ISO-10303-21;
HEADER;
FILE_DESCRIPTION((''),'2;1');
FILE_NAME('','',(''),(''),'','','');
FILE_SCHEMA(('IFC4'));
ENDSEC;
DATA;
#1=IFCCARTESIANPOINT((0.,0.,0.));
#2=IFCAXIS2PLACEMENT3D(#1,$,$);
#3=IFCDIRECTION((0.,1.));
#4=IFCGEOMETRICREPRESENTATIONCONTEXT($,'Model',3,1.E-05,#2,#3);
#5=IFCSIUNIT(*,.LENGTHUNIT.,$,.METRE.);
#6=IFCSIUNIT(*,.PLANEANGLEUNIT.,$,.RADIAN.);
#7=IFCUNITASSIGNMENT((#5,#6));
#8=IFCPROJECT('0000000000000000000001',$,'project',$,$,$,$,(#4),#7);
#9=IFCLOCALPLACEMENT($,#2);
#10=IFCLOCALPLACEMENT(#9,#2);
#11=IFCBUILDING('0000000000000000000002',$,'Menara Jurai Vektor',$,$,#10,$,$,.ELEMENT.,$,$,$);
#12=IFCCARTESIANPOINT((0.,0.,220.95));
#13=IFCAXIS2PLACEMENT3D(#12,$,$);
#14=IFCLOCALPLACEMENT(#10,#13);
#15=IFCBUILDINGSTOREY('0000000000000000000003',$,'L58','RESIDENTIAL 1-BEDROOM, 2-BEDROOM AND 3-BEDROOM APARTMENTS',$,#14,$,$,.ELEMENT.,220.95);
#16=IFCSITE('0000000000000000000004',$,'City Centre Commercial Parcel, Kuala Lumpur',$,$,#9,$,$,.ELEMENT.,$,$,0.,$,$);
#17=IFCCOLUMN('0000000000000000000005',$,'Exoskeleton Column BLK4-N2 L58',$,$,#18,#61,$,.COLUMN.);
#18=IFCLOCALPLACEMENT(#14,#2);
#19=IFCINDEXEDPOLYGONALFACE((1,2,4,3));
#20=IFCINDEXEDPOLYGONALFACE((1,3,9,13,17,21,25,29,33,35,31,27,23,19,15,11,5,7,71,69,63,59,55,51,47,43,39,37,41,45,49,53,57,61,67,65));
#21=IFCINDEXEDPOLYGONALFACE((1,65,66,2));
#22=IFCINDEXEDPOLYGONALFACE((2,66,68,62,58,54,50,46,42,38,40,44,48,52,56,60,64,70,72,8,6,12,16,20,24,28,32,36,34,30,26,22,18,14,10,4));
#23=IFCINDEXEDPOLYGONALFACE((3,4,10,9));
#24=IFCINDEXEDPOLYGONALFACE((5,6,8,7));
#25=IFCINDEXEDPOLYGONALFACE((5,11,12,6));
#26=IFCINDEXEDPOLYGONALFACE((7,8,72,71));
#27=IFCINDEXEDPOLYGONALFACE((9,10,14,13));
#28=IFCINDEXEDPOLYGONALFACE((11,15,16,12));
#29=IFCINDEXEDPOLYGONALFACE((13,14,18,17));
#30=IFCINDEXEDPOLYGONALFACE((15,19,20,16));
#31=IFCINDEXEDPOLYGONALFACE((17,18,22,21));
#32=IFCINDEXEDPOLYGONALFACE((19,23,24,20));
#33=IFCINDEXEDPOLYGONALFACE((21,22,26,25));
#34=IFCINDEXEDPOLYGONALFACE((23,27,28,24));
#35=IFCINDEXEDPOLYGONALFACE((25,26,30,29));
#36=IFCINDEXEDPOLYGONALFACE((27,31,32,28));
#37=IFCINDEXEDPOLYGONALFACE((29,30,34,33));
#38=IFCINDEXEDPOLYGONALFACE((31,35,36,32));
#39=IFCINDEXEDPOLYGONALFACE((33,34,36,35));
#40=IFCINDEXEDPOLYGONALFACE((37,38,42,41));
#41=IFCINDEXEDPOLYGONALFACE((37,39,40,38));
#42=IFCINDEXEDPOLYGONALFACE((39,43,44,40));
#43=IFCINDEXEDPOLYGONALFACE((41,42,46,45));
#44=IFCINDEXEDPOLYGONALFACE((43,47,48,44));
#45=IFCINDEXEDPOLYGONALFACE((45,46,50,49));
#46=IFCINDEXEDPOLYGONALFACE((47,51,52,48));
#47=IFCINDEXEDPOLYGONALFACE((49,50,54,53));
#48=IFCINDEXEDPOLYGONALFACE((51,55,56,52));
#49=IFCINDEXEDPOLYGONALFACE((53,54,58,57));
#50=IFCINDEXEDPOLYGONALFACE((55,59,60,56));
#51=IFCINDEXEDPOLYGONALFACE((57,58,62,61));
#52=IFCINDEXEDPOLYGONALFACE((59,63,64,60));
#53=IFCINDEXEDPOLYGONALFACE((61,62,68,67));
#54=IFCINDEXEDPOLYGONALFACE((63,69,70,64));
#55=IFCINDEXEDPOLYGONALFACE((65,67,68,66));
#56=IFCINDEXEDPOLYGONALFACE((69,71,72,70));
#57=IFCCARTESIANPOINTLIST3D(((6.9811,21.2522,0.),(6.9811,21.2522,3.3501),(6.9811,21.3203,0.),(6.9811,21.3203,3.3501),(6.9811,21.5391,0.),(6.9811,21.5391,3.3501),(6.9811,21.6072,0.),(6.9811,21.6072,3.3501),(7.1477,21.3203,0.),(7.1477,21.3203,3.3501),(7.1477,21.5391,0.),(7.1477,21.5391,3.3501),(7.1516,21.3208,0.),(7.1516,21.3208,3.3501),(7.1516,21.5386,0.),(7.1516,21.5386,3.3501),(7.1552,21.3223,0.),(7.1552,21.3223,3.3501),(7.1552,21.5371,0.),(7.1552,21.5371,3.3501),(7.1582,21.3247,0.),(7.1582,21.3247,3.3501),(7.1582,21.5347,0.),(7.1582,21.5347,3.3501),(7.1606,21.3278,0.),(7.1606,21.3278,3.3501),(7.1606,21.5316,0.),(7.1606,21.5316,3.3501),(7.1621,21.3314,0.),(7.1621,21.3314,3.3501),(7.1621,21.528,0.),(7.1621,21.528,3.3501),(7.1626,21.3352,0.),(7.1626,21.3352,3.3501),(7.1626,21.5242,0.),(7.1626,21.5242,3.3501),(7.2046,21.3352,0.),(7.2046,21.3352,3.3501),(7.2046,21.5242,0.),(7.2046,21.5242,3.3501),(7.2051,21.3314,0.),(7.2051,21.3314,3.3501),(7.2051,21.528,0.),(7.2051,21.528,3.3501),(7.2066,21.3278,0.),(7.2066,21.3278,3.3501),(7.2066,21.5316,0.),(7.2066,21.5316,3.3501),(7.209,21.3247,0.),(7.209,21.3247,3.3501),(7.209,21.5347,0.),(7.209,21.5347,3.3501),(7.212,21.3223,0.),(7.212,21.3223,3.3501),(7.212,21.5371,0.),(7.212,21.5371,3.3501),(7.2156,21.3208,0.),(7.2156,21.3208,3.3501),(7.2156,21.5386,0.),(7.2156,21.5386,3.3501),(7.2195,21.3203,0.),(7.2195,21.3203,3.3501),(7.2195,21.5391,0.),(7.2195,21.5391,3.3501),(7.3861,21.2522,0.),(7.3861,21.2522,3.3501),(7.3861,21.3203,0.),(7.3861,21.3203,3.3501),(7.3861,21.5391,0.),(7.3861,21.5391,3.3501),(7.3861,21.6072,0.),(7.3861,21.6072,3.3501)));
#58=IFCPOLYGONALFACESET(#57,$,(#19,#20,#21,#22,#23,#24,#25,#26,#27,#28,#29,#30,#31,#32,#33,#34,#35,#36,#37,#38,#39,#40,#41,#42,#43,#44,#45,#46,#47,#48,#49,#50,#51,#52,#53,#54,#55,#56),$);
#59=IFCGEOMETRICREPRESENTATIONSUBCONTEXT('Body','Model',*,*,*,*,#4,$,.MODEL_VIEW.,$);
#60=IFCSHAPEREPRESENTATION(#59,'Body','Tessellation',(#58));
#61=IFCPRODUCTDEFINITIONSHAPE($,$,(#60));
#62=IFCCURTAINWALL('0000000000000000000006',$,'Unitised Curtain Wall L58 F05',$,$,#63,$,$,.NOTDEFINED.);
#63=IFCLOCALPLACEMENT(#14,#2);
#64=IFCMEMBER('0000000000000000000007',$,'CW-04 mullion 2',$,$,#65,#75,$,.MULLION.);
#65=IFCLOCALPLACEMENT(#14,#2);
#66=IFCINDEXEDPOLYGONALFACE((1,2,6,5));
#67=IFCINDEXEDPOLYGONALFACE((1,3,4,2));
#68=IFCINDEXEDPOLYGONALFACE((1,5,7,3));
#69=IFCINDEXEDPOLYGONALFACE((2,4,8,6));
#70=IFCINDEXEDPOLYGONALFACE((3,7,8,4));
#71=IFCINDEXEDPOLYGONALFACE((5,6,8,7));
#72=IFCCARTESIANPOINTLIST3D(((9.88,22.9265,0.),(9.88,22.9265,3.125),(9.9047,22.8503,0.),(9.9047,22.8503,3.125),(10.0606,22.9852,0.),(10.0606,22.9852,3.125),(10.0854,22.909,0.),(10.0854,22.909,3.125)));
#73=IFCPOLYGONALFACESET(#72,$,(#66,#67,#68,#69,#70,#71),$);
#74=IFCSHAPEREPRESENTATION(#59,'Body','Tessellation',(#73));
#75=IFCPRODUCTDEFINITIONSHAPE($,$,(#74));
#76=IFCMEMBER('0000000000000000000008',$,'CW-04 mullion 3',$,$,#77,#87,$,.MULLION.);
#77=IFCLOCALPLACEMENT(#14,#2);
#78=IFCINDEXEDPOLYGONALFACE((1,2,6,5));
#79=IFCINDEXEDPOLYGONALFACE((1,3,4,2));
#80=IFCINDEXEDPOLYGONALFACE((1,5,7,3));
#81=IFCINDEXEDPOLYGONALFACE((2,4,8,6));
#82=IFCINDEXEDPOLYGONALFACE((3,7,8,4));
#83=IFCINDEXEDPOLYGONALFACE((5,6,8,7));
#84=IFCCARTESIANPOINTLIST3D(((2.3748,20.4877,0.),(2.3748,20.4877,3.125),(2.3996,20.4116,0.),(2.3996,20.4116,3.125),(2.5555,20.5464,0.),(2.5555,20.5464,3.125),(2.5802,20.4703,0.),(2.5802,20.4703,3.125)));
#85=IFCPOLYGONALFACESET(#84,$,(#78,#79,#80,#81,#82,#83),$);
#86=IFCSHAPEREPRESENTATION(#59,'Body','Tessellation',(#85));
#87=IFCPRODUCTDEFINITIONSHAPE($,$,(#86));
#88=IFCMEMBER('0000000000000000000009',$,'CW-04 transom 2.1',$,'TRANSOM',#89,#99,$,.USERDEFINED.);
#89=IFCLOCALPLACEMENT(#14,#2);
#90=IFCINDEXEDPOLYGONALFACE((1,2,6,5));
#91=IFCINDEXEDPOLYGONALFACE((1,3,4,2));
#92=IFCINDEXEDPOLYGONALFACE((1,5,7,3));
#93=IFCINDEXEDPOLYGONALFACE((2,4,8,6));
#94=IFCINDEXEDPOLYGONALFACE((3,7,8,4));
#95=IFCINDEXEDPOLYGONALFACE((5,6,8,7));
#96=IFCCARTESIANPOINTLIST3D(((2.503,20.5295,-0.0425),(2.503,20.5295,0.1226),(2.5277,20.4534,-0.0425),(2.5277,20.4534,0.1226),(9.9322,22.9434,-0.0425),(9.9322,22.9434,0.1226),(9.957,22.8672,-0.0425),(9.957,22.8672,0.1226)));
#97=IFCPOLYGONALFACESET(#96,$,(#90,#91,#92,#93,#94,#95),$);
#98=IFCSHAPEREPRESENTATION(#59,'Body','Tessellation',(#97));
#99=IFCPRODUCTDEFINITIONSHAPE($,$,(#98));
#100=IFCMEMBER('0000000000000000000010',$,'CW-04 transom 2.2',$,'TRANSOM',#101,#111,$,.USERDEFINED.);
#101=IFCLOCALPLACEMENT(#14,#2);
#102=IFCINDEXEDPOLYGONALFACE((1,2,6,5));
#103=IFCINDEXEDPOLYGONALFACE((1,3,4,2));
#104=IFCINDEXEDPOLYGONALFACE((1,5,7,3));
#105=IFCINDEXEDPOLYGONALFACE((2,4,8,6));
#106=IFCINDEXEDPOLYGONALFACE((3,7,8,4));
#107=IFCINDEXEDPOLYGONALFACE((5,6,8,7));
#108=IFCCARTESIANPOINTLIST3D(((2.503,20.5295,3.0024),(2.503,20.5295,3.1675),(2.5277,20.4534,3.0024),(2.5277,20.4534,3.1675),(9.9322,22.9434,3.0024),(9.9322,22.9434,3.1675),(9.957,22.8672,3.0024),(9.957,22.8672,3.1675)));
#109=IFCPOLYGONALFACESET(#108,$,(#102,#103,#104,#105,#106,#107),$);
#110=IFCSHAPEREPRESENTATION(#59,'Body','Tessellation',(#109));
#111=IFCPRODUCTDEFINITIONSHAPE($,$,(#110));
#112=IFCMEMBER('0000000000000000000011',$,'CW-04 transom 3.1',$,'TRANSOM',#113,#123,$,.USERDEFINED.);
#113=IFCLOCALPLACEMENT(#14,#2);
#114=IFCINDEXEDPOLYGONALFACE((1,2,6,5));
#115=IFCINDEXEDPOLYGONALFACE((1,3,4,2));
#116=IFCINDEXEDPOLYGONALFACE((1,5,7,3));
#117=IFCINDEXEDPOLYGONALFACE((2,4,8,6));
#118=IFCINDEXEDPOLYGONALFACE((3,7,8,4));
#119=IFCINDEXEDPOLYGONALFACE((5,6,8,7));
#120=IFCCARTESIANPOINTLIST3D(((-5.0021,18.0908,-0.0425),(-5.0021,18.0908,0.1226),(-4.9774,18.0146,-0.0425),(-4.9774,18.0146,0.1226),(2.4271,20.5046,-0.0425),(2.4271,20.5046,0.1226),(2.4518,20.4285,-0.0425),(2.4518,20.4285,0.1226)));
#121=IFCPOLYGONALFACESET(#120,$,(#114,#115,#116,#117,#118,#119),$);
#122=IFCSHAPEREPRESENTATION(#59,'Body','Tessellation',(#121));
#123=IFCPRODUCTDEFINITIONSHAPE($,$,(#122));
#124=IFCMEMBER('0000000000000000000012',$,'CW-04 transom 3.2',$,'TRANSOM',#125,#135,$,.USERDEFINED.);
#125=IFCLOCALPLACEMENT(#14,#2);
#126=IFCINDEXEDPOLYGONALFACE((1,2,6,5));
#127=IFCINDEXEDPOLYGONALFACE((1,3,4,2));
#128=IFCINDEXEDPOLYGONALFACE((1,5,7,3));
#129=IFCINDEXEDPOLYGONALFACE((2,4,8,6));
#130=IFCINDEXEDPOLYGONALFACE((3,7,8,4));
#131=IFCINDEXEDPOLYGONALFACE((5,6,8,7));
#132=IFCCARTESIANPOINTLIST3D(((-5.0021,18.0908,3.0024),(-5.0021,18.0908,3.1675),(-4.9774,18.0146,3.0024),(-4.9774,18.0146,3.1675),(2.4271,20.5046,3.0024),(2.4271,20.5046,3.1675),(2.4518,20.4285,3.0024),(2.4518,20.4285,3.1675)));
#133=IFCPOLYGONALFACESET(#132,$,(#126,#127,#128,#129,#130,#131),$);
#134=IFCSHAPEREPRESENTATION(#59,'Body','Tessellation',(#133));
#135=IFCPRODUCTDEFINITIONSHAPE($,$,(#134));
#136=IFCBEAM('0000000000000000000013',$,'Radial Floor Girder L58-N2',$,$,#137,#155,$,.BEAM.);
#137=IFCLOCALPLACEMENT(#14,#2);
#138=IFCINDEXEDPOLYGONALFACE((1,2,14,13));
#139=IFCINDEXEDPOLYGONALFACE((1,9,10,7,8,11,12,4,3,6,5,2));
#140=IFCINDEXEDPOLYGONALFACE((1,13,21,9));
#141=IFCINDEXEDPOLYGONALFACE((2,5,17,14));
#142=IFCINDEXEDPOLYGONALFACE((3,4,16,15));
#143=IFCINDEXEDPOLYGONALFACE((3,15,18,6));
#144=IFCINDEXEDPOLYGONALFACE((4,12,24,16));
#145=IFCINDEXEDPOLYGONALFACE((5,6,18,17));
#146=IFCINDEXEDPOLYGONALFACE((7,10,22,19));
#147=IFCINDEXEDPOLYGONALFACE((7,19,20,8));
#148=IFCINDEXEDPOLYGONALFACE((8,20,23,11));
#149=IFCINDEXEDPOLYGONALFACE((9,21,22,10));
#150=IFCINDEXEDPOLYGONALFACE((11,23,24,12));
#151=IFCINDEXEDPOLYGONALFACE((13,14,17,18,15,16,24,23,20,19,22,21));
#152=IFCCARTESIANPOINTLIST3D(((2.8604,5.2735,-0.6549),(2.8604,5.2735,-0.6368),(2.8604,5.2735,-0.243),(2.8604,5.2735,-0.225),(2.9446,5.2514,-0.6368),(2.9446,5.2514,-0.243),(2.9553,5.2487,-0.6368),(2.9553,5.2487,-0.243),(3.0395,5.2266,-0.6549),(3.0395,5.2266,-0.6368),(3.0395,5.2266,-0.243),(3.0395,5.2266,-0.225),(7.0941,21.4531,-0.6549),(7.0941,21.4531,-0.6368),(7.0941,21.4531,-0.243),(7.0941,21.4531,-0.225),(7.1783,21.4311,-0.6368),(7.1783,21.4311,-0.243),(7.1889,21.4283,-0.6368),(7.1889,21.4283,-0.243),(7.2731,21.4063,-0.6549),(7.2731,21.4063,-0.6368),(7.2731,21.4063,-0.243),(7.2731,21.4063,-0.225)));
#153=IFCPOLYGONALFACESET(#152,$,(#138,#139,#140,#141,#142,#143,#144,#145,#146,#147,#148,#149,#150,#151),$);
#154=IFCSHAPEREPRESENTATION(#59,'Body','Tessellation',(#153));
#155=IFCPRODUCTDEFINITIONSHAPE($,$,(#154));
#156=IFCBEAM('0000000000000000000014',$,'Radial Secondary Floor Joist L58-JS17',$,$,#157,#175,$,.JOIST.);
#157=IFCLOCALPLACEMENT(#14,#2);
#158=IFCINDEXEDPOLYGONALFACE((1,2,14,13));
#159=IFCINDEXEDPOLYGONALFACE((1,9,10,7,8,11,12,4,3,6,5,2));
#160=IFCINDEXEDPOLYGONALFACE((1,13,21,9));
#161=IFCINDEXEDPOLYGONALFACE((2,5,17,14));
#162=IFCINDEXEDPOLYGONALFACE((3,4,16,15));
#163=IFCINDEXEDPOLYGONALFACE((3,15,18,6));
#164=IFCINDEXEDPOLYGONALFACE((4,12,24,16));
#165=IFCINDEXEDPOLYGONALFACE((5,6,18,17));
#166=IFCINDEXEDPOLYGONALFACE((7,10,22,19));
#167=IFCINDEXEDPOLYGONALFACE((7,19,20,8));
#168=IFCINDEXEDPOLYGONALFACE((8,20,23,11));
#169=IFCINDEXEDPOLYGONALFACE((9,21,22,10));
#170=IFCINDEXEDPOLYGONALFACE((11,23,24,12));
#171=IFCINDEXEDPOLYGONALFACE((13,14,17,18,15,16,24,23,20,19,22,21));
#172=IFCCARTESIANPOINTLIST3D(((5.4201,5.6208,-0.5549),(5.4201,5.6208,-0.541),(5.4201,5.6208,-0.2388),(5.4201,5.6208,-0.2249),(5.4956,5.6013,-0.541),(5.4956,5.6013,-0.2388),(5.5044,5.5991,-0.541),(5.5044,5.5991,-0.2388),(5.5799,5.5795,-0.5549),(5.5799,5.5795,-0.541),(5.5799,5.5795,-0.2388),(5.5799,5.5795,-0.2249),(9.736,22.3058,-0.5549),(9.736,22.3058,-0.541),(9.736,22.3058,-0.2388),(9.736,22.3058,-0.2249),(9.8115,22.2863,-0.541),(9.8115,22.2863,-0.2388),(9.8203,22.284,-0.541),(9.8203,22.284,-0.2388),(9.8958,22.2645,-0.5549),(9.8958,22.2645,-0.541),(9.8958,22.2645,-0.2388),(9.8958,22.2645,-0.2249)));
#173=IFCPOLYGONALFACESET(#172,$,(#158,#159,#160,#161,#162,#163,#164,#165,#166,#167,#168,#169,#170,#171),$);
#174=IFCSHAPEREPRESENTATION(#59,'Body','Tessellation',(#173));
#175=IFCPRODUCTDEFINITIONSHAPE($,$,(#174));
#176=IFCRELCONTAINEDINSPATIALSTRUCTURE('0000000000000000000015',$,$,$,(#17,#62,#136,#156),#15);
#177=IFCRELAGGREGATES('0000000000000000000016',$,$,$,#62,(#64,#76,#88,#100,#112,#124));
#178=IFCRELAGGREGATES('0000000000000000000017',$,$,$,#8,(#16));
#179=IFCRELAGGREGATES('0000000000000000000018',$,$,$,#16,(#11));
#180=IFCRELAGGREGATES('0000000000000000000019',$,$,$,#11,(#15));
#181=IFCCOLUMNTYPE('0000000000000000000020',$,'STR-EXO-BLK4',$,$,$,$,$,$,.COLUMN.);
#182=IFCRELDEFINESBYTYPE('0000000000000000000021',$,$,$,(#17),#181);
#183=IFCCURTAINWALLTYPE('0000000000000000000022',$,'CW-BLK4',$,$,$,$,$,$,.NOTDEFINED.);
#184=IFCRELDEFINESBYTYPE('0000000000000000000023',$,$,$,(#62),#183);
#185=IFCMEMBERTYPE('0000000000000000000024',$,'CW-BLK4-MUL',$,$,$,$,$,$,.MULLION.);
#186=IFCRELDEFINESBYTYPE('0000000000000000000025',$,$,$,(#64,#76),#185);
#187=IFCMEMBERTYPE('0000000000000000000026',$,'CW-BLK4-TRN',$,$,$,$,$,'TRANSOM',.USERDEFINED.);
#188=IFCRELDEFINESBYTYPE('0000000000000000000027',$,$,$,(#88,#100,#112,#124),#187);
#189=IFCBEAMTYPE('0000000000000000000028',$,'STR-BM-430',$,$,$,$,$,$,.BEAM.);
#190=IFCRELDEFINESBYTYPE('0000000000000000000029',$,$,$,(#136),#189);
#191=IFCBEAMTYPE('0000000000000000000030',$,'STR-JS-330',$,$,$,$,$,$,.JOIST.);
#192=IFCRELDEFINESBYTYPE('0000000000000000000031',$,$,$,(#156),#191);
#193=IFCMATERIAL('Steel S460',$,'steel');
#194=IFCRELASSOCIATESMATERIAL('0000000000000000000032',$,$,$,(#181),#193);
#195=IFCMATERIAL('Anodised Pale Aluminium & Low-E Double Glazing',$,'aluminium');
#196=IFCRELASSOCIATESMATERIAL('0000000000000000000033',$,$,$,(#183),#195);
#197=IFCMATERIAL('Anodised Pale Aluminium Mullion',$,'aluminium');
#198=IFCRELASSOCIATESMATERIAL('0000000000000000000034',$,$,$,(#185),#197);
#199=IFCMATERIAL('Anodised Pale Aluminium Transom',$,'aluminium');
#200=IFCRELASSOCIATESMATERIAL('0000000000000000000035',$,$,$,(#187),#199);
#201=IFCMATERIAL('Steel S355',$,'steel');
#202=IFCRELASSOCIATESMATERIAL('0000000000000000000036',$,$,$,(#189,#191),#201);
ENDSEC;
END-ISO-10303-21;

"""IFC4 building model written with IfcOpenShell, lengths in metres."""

from ifc_helpers import new_model, si_unit, direction, frame, origin, origin_2d, place, context, subcontext, project, spatial, rectangle, i_section, extrude, material, material_profile, profile_set, type_object, element, aggregate, save


model = new_model("IFC4")

# Units and contexts
model_context = context("Model", 3, precision=1e-05, world=origin(), true_north=direction((0.0, 1.0)))
body_context = subcontext(model_context, "Body", "Model", "MODEL_VIEW")
ifc_project = project(units=[si_unit("LENGTHUNIT", "METRE"), si_unit("PLANEANGLEUNIT", "RADIAN")], contexts=[model_context])

# Site, building, storey
site_placement = place(None, origin())
site = spatial("IfcSite", under=ifc_project, at=site_placement, Name="City Centre Commercial Parcel, Kuala Lumpur", CompositionType="ELEMENT", RefElevation=0.0)
building_placement = place(site_placement, origin())
building = spatial("IfcBuilding", under=site, at=building_placement, Name="Menara Jurai Vektor", CompositionType="ELEMENT")
storey_placement = place(building_placement, frame((0.0, 0.0, 220.95)))
storey = spatial("IfcBuildingStorey", under=building, at=storey_placement, Name="L58", Description="RESIDENTIAL 1-BEDROOM, 2-BEDROOM AND 3-BEDROOM APARTMENTS", CompositionType="ELEMENT", Elevation=220.95)

# Column
ifc_material_1 = material(Name="Steel S460", Category="steel")
ifc_material_profile_1 = material_profile(ifc_material_1, i_section(OverallWidth=0.405, OverallDepth=0.355, WebThickness=0.042, FlangeThickness=0.0681, FilletRadius=0.0149, at=origin_2d()), Name="HD 400x551")
ifc_profile_set_1 = profile_set([ifc_material_profile_1], Name="Steel S460")
column_type = type_object("IfcColumnType", Name="STR-EXO-BLK4", PredefinedType="COLUMN", material=ifc_profile_set_1)
column_placement = place(storey_placement, frame((7.1836, 21.4297, 0.0), z_axis=(0.0, 0.0, 1.0), x_axis=(1.0, 0.0, 0.0)))
element("IfcColumn", 1, at=column_placement, inside=storey, type_object=column_type, Name="Exoskeleton Column BLK4-N2 L58", PredefinedType="COLUMN", context=body_context, shape_type="SweptSolid", body=[
    extrude(i_section(OverallWidth=0.405, OverallDepth=0.355, WebThickness=0.042, FlangeThickness=0.0681, FilletRadius=0.0149, at=origin_2d()), origin(), (0.0, 0.0, 1.0), 3.3501),
])

# Curtain wall, members
ifc_material_2 = material(Name="Anodised Pale Aluminium & Low-E Double Glazing", Category="aluminium")
curtain_wall_type = type_object("IfcCurtainWallType", Name="CW-BLK4", PredefinedType="NOTDEFINED", material=ifc_material_2)
curtain_wall_placement = place(storey_placement, origin())
curtain_wall = element("IfcCurtainWall", 2, at=curtain_wall_placement, inside=storey, type_object=curtain_wall_type, Name="Unitised Curtain Wall L58 F05", PredefinedType="NOTDEFINED")
ifc_material_3 = material(Name="Anodised Pale Aluminium Mullion", Category="aluminium")
ifc_material_profile_2 = material_profile(ifc_material_3, rectangle(XDim=0.0801, YDim=0.1899, at=origin_2d()), Name="ALU MUL 80x190")
ifc_profile_set_2 = profile_set([ifc_material_profile_2], Name="Anodised Pale Aluminium Mullion")
member_type_1 = type_object("IfcMemberType", Name="CW-BLK4-MUL", PredefinedType="MULLION", material=ifc_profile_set_2)
member_1_placement = place(storey_placement, frame((9.9827, 22.9177, 0.0), z_axis=(0.0, 0.0, 1.0), x_axis=(0.309017, -0.951056, 0.0)))
member_1 = element("IfcMember", 3, at=member_1_placement, type_object=member_type_1, Name="CW-04 mullion 2", PredefinedType="MULLION", context=body_context, shape_type="SweptSolid", body=[
    extrude(rectangle(XDim=0.0801, YDim=0.1899, at=origin_2d()), origin(), (0.0, 0.0, 1.0), 3.125),
])
member_2_placement = place(storey_placement, frame((2.4775, 20.479, 0.0), z_axis=(0.0, 0.0, 1.0), x_axis=(0.309017, -0.951056, 0.0)))
member_2 = element("IfcMember", 4, at=member_2_placement, type_object=member_type_1, Name="CW-04 mullion 3", PredefinedType="MULLION", context=body_context, shape_type="SweptSolid", body=[
    extrude(rectangle(XDim=0.0801, YDim=0.1899, at=origin_2d()), origin(), (0.0, 0.0, 1.0), 3.125),
])
ifc_material_4 = material(Name="Anodised Pale Aluminium Transom", Category="aluminium")
ifc_material_profile_3 = material_profile(ifc_material_4, rectangle(XDim=0.0801, YDim=0.165, at=origin_2d()), Name="ALU TRN 80x165")
ifc_profile_set_3 = profile_set([ifc_material_profile_3], Name="Anodised Pale Aluminium Transom")
member_type_2 = type_object("IfcMemberType", Name="CW-BLK4-TRN", ElementType="TRANSOM", PredefinedType="USERDEFINED", material=ifc_profile_set_3)
member_3_placement = place(storey_placement, frame((9.9446, 22.9053, 0.04), z_axis=(-0.951059, -0.309008, 0.0), x_axis=(0.309008, -0.951059, 0.0)))
member_3 = element("IfcMember", 5, at=member_3_placement, type_object=member_type_2, Name="CW-04 transom 2.1", ObjectType="TRANSOM", PredefinedType="USERDEFINED", context=body_context, shape_type="SweptSolid", body=[
    extrude(rectangle(XDim=0.0801, YDim=0.165, at=origin_2d()), origin(), (0.0, 0.0, 1.0), 7.8115),
])
member_4_placement = place(storey_placement, frame((9.9446, 22.9053, 3.085), z_axis=(-0.951059, -0.309008, 0.0), x_axis=(0.309008, -0.951059, 0.0)))
member_4 = element("IfcMember", 6, at=member_4_placement, type_object=member_type_2, Name="CW-04 transom 2.2", ObjectType="TRANSOM", PredefinedType="USERDEFINED", context=body_context, shape_type="SweptSolid", body=[
    extrude(rectangle(XDim=0.0801, YDim=0.165, at=origin_2d()), origin(), (0.0, 0.0, 1.0), 7.8115),
])
member_5_placement = place(storey_placement, frame((2.4395, 20.4666, 0.04), z_axis=(-0.951059, -0.309008, 0.0), x_axis=(0.309008, -0.951059, 0.0)))
member_5 = element("IfcMember", 7, at=member_5_placement, type_object=member_type_2, Name="CW-04 transom 3.1", ObjectType="TRANSOM", PredefinedType="USERDEFINED", context=body_context, shape_type="SweptSolid", body=[
    extrude(rectangle(XDim=0.0801, YDim=0.165, at=origin_2d()), origin(), (0.0, 0.0, 1.0), 7.8115),
])
member_6_placement = place(storey_placement, frame((2.4395, 20.4666, 3.085), z_axis=(-0.951059, -0.309008, 0.0), x_axis=(0.309008, -0.951059, 0.0)))
member_6 = element("IfcMember", 8, at=member_6_placement, type_object=member_type_2, Name="CW-04 transom 3.2", ObjectType="TRANSOM", PredefinedType="USERDEFINED", context=body_context, shape_type="SweptSolid", body=[
    extrude(rectangle(XDim=0.0801, YDim=0.165, at=origin_2d()), origin(), (0.0, 0.0, 1.0), 7.8115),
])

# Beams
ifc_material_5 = material(Name="Steel S355", Category="steel")
ifc_material_profile_4 = material_profile(ifc_material_5, i_section(OverallWidth=0.1851, OverallDepth=0.4299, WebThickness=0.011, FlangeThickness=0.0181, at=origin_2d()), Name="PG 430x185x76")
ifc_profile_set_4 = profile_set([ifc_material_profile_4], Name="Steel S355")
beam_type_1 = type_object("IfcBeamType", Name="STR-BM-430", PredefinedType="BEAM", material=ifc_profile_set_4)
beam_1_placement = place(storey_placement, frame((7.1836, 21.4297, -0.4399), z_axis=(-0.253141, -0.967429, 0.0), x_axis=(0.967429, -0.253141, 0.0)))
element("IfcBeam", 9, at=beam_1_placement, inside=storey, type_object=beam_type_1, Name="Radial Floor Girder L58-N2", PredefinedType="BEAM", context=body_context, shape_type="SweptSolid", body=[
    extrude(i_section(OverallWidth=0.1851, OverallDepth=0.4299, WebThickness=0.011, FlangeThickness=0.0181, at=origin_2d()), origin(), (0.0, 0.0, 1.0), 16.7244),
])
ifc_material_profile_5 = material_profile(ifc_material_5, i_section(OverallWidth=0.165, OverallDepth=0.3301, WebThickness=0.009, FlangeThickness=0.0139, at=origin_2d()), Name="PG 330x165x46")
ifc_profile_set_5 = profile_set([ifc_material_profile_5], Name="Steel S355")
beam_type_2 = type_object("IfcBeamType", Name="STR-JS-330", PredefinedType="JOIST", material=ifc_profile_set_5)
beam_2_placement = place(storey_placement, frame((9.8159, 22.2852, -0.3899), z_axis=(-0.250427, -0.968135, 0.0), x_axis=(0.968135, -0.250427, 0.0)))
element("IfcBeam", 10, at=beam_2_placement, inside=storey, type_object=beam_type_2, Name="Radial Secondary Floor Joist L58-JS17", PredefinedType="JOIST", context=body_context, shape_type="SweptSolid", body=[
    extrude(i_section(OverallWidth=0.165, OverallDepth=0.3301, WebThickness=0.009, FlangeThickness=0.0139, at=origin_2d()), origin(), (0.0, 0.0, 1.0), 17.2341),
])

aggregate(curtain_wall, [member_1, member_2, member_3, member_4, member_5, member_6])

save(model, "model.ifc")
